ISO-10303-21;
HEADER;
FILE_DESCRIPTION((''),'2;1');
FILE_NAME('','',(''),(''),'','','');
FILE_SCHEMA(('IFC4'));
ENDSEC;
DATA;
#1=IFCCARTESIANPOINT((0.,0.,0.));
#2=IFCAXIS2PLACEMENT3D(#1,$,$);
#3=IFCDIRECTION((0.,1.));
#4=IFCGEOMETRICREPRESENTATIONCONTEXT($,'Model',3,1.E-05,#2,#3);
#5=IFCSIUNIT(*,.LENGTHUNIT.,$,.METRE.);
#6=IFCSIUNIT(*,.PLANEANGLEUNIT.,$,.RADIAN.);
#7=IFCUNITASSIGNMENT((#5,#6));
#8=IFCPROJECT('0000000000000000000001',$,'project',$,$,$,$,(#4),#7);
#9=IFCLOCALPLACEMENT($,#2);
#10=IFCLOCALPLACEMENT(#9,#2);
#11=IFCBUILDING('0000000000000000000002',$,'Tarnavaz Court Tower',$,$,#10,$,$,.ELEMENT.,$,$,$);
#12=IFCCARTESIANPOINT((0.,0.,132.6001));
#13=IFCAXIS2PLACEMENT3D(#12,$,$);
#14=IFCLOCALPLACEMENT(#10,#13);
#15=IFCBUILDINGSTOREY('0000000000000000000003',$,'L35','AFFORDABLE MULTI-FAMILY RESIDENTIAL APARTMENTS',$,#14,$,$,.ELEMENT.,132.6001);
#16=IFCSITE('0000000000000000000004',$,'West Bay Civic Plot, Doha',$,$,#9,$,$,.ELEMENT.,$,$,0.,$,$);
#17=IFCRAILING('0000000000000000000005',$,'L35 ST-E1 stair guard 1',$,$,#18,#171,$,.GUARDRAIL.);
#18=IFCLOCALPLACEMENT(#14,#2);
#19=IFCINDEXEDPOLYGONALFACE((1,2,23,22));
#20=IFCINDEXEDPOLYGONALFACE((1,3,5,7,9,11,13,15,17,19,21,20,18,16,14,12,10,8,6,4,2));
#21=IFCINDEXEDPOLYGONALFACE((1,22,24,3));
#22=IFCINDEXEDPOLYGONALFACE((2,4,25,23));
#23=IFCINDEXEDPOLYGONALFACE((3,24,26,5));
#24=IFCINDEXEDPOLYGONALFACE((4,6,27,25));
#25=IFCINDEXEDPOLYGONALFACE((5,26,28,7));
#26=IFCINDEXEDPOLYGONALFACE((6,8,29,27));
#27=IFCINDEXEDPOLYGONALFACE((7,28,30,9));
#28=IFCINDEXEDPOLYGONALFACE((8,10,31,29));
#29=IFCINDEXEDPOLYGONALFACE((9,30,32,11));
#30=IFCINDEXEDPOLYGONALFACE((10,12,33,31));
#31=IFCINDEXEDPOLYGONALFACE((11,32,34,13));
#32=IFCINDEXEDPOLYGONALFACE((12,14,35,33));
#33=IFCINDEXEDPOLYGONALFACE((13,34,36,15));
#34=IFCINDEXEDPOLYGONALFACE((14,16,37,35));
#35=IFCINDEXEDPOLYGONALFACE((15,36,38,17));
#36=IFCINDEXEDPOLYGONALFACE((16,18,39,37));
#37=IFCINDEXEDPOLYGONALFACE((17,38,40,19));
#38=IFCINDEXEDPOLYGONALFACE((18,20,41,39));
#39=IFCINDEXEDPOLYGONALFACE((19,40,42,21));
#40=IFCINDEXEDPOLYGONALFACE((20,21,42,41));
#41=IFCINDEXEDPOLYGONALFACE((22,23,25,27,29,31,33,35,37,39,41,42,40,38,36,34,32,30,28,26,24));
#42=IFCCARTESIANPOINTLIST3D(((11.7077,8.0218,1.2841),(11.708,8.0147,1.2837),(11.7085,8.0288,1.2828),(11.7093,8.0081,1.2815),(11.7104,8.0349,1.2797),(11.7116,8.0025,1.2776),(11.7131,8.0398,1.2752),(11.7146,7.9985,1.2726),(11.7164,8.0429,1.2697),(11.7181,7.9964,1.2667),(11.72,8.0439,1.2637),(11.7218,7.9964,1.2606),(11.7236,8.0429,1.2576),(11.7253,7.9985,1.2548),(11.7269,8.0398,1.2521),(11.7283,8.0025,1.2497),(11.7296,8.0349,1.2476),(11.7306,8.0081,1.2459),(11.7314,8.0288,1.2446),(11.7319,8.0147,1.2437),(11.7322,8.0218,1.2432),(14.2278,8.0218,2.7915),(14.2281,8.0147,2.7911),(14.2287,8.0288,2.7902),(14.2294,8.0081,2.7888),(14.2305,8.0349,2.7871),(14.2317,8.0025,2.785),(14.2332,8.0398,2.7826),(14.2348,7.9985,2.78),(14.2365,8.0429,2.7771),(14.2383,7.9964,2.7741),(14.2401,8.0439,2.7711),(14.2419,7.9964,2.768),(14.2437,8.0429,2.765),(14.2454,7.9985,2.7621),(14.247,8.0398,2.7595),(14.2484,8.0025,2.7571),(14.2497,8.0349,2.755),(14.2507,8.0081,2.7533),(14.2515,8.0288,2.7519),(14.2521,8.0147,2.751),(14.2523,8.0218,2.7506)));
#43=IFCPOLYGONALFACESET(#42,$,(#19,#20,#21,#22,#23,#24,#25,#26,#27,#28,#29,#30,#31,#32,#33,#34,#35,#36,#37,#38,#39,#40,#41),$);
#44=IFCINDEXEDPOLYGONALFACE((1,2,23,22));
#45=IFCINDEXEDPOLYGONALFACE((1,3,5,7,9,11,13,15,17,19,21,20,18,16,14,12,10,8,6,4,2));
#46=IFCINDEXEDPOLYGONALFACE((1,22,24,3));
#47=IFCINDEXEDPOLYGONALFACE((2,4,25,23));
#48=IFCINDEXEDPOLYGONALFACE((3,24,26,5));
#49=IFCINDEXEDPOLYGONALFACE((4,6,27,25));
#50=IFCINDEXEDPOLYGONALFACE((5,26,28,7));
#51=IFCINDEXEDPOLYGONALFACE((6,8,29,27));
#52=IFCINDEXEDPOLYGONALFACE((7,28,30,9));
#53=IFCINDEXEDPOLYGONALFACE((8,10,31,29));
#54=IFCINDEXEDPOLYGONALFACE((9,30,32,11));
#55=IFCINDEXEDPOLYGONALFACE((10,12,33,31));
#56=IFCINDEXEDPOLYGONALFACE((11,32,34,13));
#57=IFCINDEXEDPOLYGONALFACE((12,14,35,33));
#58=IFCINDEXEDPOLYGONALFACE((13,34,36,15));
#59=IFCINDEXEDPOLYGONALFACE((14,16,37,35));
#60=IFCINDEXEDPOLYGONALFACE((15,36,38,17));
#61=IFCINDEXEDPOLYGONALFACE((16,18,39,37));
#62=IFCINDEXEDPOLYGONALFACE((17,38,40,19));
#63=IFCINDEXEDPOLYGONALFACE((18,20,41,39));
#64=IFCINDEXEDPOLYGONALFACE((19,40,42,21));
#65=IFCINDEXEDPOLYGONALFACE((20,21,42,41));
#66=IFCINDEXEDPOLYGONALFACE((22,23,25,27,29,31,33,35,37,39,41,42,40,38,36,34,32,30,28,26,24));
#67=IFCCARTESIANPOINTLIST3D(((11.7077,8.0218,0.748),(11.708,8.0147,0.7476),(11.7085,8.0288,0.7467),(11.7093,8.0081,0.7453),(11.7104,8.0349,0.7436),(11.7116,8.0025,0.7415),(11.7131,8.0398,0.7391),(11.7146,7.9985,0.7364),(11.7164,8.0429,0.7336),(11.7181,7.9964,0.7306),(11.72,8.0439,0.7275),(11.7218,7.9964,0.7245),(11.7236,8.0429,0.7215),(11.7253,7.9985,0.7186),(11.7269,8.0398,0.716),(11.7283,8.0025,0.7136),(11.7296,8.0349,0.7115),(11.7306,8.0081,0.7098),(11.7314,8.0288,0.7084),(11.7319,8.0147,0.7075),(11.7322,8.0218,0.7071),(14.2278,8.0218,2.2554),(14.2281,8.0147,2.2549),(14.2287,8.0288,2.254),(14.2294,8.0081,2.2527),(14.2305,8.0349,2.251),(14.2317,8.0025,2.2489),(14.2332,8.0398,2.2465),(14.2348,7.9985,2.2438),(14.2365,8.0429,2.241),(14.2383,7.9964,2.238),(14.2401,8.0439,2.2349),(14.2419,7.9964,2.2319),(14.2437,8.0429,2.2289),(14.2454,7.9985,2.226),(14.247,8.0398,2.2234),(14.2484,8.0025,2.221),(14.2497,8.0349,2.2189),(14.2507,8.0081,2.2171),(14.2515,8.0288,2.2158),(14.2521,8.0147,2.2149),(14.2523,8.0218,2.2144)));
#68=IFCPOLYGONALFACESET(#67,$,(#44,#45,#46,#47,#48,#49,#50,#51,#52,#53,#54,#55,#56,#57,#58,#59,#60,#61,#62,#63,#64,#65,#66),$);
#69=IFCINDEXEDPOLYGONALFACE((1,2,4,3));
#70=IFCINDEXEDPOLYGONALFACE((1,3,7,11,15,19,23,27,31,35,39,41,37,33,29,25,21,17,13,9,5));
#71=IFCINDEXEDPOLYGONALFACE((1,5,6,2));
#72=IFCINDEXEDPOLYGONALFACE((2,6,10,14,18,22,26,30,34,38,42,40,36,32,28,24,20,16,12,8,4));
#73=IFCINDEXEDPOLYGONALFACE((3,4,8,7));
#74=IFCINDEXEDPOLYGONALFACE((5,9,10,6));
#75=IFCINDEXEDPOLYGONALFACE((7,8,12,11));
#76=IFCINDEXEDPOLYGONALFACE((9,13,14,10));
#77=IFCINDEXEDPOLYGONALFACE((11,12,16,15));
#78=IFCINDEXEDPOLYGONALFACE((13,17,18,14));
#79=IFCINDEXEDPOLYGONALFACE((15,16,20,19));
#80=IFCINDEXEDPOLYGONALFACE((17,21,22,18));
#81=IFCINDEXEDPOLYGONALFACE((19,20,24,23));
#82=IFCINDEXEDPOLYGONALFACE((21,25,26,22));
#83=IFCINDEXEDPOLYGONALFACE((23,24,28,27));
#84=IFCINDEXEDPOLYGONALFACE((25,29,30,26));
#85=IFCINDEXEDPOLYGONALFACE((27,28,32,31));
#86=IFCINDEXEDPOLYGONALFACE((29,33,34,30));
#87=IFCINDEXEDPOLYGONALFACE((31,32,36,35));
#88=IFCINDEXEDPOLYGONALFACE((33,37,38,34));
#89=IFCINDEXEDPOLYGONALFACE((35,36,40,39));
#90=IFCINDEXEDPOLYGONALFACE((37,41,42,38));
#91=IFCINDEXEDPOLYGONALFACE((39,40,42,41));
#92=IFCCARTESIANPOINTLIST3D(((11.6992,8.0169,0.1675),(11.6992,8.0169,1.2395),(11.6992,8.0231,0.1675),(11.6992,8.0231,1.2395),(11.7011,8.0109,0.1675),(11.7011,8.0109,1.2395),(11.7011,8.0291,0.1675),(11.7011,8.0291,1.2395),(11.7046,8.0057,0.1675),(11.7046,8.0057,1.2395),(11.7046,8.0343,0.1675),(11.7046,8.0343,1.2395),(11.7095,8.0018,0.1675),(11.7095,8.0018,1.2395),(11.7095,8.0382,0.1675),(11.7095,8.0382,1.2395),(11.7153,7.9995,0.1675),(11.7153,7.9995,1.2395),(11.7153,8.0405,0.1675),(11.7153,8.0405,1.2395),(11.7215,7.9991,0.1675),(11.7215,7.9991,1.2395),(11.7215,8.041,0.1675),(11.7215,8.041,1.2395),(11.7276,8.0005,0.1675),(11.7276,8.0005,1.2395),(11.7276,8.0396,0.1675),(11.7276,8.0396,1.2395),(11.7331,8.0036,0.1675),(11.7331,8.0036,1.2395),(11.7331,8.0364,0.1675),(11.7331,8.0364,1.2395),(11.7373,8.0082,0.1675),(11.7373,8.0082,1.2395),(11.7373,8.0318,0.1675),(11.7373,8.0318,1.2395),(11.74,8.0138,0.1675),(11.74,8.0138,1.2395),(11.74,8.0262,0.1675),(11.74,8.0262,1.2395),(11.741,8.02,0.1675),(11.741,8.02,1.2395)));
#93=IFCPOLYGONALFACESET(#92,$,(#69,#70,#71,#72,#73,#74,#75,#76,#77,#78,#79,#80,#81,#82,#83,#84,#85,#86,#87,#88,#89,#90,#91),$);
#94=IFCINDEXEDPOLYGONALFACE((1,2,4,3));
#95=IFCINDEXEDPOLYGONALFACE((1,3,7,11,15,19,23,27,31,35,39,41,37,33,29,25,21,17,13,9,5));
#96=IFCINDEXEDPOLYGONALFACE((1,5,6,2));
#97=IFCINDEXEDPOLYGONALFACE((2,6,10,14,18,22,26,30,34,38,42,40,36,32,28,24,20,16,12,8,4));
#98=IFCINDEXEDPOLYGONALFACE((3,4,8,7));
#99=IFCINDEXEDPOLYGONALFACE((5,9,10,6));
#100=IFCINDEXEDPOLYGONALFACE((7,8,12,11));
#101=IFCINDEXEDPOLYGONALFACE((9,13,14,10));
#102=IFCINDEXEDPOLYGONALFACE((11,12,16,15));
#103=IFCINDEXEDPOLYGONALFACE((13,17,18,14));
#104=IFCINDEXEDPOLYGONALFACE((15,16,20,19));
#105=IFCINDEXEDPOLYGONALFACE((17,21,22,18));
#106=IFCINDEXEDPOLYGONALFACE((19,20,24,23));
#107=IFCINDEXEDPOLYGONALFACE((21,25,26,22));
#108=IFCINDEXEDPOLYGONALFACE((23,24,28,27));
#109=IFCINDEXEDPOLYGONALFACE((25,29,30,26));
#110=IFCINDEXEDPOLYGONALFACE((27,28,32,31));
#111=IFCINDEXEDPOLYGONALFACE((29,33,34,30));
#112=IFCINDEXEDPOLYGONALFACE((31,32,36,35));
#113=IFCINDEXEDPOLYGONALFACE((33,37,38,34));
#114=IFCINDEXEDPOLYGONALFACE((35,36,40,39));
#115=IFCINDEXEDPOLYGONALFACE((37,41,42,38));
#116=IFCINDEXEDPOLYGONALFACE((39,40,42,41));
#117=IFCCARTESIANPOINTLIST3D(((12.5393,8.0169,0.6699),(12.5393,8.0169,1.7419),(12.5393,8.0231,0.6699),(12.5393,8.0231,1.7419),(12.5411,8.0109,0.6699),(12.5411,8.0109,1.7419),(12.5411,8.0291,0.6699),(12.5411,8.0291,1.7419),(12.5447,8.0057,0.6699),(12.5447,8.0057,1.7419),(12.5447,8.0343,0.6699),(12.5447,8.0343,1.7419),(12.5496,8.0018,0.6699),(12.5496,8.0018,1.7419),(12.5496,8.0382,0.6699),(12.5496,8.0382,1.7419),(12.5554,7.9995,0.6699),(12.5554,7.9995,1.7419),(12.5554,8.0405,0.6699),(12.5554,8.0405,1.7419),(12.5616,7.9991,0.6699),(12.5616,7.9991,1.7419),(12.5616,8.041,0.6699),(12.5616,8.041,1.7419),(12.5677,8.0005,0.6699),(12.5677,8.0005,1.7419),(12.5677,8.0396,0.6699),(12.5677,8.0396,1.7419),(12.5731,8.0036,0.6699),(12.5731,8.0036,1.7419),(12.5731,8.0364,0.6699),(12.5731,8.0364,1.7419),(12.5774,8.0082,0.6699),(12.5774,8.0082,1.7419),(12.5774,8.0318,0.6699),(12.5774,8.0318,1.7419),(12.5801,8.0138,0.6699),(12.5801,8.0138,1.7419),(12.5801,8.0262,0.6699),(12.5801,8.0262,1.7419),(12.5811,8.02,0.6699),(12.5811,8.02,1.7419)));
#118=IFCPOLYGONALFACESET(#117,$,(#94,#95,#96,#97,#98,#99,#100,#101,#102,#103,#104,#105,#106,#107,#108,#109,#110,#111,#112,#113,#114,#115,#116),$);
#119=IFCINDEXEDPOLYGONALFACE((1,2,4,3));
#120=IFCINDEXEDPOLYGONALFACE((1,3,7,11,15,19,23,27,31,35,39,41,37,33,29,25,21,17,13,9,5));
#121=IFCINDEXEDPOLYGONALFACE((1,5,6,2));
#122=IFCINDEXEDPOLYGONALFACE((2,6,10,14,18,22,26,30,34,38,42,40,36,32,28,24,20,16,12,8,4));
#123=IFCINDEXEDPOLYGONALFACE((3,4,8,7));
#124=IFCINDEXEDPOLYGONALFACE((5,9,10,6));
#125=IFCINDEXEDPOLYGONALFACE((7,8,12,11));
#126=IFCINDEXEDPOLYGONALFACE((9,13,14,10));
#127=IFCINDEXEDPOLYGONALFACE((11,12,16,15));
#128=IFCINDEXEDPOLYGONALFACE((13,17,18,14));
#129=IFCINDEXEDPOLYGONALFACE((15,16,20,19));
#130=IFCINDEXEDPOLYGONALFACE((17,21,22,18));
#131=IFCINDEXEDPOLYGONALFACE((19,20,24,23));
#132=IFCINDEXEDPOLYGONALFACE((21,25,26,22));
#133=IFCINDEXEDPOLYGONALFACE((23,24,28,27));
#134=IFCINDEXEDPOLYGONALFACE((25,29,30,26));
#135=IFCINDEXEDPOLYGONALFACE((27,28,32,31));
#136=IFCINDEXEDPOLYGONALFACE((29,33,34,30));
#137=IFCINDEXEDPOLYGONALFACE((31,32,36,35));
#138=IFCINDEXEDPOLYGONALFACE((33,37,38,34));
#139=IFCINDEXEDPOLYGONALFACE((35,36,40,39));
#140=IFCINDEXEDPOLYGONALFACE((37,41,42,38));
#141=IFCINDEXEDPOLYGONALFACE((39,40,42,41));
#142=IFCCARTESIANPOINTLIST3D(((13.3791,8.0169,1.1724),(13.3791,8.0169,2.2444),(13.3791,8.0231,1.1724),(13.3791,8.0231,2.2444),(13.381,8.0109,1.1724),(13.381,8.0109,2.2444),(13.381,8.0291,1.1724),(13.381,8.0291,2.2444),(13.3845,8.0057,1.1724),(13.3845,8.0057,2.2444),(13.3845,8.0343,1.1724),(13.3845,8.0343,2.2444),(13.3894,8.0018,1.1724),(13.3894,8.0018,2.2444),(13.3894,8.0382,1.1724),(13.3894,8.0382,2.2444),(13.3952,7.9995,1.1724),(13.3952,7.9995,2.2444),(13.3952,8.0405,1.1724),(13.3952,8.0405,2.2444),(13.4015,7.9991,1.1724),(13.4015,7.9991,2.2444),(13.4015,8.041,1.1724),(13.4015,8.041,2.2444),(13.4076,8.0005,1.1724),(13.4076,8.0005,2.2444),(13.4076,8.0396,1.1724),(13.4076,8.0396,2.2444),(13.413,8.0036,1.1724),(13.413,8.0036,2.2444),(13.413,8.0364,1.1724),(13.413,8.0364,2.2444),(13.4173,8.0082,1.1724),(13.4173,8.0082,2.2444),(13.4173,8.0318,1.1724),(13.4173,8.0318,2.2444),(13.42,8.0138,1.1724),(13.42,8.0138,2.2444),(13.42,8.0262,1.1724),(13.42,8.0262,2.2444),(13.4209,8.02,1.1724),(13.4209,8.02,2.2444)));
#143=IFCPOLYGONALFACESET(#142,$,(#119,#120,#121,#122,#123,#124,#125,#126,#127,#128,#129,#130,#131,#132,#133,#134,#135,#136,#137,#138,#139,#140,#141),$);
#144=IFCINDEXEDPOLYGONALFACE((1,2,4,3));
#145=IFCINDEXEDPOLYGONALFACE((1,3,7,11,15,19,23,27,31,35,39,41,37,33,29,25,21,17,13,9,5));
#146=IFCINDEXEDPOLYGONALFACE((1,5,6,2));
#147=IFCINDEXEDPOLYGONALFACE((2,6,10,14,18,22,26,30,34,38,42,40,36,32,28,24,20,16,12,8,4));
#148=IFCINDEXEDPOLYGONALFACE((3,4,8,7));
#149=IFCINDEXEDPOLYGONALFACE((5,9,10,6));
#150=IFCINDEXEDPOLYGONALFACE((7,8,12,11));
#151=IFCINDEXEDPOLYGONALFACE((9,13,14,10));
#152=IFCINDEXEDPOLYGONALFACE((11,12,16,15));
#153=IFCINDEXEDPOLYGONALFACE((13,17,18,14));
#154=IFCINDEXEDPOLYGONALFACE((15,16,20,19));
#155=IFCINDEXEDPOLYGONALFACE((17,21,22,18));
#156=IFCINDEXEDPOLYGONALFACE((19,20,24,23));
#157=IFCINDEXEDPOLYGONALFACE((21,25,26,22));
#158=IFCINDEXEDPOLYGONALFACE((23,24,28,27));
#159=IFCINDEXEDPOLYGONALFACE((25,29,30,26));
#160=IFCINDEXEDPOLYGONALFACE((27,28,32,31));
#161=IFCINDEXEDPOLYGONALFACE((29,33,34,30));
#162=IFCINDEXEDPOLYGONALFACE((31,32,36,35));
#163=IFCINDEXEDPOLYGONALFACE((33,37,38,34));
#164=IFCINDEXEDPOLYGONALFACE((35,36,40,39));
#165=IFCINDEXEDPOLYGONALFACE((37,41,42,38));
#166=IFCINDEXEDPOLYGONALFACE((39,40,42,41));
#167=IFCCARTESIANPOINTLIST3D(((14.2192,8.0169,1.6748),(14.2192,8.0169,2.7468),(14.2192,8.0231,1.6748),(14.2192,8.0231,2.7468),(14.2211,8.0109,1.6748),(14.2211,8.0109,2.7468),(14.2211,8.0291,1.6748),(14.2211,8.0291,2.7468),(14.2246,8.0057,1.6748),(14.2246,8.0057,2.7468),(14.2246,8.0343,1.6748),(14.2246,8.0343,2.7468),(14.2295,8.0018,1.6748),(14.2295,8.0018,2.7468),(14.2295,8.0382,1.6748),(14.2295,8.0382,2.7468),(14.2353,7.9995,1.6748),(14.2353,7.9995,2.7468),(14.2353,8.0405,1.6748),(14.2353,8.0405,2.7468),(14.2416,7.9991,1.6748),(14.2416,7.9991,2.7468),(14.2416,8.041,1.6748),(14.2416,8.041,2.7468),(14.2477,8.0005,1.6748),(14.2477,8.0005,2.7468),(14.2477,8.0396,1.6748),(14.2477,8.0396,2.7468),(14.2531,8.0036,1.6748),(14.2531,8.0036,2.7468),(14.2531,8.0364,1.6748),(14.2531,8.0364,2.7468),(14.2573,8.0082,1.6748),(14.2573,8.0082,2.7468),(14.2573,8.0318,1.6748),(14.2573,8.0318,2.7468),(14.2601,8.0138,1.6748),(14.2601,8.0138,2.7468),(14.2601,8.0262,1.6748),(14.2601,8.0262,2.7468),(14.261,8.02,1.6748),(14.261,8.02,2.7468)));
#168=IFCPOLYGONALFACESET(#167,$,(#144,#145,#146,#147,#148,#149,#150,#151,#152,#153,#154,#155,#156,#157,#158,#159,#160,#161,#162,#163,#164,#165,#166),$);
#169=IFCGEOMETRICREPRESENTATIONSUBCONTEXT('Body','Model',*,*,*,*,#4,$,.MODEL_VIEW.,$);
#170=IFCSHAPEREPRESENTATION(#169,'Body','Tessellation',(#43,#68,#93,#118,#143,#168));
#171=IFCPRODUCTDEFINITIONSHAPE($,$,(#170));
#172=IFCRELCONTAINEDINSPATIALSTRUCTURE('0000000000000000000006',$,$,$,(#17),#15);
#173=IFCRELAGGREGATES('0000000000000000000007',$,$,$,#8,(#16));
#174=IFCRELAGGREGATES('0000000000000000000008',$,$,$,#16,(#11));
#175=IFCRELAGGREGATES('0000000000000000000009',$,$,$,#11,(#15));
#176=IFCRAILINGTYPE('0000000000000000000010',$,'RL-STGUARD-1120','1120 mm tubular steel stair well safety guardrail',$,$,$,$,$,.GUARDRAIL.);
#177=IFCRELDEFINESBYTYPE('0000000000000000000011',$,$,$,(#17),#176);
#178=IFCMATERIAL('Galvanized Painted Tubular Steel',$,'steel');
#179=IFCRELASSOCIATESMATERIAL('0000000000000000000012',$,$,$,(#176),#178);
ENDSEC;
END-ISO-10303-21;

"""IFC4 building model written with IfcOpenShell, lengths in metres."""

from ifc_helpers import new_model, si_unit, direction, frame, origin, origin_2d, place, context, subcontext, project, spatial, circle, extrude, material, type_object, element, save


model = new_model("IFC4")

# Units and contexts
model_context = context("Model", 3, precision=1e-05, world=origin(), true_north=direction((0.0, 1.0)))
body_context = subcontext(model_context, "Body", "Model", "MODEL_VIEW")
ifc_project = project(units=[si_unit("LENGTHUNIT", "METRE"), si_unit("PLANEANGLEUNIT", "RADIAN")], contexts=[model_context])

# Site, building, storey
site_placement = place(None, origin())
site = spatial("IfcSite", under=ifc_project, at=site_placement, Name="West Bay Civic Plot, Doha", CompositionType="ELEMENT", RefElevation=0.0)
building_placement = place(site_placement, origin())
building = spatial("IfcBuilding", under=site, at=building_placement, Name="Tarnavaz Court Tower", CompositionType="ELEMENT")
storey_placement = place(building_placement, frame((0.0, 0.0, 132.6001)))
storey = spatial("IfcBuildingStorey", under=building, at=storey_placement, Name="L35", Description="AFFORDABLE MULTI-FAMILY RESIDENTIAL APARTMENTS", CompositionType="ELEMENT", Elevation=132.6001)

# Railing
ifc_material_1 = material(Name="Galvanized Painted Tubular Steel", Category="steel")
railing_type_1 = type_object("IfcRailingType", Name="RL-STGUARD-1120", Description="1120 mm tubular steel stair well safety guardrail", PredefinedType="GUARDRAIL", material=ifc_material_1)
railing_1_placement = place(storey_placement, frame((11.72, 8.02, 0.1675)))
element("IfcRailing", 1, at=railing_1_placement, inside=storey, type_object=railing_type_1, Name="L35 ST-E1 stair guard 1", PredefinedType="GUARDRAIL", context=body_context, shape_type="SweptSolid", body=[
    extrude(circle(Radius=0.0239, at=origin_2d()), frame((0.0, 0.0, 1.0962), z_axis=(0.858196, 0.0, 0.513321), x_axis=(0.0, 1.0, 0.0)), (0.0, 0.0, 1.0), 2.9365),
    extrude(circle(Radius=0.0239, at=origin_2d()), frame((0.0, 0.0, 0.5601), z_axis=(0.858196, 0.0, 0.513321), x_axis=(0.0, 1.0, 0.0)), (0.0, 0.0, 1.0), 2.9365),
    extrude(circle(Radius=0.021, at=origin_2d()), origin(), (0.0, 0.0, 1.0), 1.072),
    extrude(circle(Radius=0.021, at=origin_2d()), frame((0.8401, 0.0, 0.5024)), (0.0, 0.0, 1.0), 1.072),
    extrude(circle(Radius=0.021, at=origin_2d()), frame((1.6799, 0.0, 1.0049)), (0.0, 0.0, 1.0), 1.072),
    extrude(circle(Radius=0.021, at=origin_2d()), frame((2.52, 0.0, 1.5073)), (0.0, 0.0, 1.0), 1.072),
])

save(model, "model.ifc")
